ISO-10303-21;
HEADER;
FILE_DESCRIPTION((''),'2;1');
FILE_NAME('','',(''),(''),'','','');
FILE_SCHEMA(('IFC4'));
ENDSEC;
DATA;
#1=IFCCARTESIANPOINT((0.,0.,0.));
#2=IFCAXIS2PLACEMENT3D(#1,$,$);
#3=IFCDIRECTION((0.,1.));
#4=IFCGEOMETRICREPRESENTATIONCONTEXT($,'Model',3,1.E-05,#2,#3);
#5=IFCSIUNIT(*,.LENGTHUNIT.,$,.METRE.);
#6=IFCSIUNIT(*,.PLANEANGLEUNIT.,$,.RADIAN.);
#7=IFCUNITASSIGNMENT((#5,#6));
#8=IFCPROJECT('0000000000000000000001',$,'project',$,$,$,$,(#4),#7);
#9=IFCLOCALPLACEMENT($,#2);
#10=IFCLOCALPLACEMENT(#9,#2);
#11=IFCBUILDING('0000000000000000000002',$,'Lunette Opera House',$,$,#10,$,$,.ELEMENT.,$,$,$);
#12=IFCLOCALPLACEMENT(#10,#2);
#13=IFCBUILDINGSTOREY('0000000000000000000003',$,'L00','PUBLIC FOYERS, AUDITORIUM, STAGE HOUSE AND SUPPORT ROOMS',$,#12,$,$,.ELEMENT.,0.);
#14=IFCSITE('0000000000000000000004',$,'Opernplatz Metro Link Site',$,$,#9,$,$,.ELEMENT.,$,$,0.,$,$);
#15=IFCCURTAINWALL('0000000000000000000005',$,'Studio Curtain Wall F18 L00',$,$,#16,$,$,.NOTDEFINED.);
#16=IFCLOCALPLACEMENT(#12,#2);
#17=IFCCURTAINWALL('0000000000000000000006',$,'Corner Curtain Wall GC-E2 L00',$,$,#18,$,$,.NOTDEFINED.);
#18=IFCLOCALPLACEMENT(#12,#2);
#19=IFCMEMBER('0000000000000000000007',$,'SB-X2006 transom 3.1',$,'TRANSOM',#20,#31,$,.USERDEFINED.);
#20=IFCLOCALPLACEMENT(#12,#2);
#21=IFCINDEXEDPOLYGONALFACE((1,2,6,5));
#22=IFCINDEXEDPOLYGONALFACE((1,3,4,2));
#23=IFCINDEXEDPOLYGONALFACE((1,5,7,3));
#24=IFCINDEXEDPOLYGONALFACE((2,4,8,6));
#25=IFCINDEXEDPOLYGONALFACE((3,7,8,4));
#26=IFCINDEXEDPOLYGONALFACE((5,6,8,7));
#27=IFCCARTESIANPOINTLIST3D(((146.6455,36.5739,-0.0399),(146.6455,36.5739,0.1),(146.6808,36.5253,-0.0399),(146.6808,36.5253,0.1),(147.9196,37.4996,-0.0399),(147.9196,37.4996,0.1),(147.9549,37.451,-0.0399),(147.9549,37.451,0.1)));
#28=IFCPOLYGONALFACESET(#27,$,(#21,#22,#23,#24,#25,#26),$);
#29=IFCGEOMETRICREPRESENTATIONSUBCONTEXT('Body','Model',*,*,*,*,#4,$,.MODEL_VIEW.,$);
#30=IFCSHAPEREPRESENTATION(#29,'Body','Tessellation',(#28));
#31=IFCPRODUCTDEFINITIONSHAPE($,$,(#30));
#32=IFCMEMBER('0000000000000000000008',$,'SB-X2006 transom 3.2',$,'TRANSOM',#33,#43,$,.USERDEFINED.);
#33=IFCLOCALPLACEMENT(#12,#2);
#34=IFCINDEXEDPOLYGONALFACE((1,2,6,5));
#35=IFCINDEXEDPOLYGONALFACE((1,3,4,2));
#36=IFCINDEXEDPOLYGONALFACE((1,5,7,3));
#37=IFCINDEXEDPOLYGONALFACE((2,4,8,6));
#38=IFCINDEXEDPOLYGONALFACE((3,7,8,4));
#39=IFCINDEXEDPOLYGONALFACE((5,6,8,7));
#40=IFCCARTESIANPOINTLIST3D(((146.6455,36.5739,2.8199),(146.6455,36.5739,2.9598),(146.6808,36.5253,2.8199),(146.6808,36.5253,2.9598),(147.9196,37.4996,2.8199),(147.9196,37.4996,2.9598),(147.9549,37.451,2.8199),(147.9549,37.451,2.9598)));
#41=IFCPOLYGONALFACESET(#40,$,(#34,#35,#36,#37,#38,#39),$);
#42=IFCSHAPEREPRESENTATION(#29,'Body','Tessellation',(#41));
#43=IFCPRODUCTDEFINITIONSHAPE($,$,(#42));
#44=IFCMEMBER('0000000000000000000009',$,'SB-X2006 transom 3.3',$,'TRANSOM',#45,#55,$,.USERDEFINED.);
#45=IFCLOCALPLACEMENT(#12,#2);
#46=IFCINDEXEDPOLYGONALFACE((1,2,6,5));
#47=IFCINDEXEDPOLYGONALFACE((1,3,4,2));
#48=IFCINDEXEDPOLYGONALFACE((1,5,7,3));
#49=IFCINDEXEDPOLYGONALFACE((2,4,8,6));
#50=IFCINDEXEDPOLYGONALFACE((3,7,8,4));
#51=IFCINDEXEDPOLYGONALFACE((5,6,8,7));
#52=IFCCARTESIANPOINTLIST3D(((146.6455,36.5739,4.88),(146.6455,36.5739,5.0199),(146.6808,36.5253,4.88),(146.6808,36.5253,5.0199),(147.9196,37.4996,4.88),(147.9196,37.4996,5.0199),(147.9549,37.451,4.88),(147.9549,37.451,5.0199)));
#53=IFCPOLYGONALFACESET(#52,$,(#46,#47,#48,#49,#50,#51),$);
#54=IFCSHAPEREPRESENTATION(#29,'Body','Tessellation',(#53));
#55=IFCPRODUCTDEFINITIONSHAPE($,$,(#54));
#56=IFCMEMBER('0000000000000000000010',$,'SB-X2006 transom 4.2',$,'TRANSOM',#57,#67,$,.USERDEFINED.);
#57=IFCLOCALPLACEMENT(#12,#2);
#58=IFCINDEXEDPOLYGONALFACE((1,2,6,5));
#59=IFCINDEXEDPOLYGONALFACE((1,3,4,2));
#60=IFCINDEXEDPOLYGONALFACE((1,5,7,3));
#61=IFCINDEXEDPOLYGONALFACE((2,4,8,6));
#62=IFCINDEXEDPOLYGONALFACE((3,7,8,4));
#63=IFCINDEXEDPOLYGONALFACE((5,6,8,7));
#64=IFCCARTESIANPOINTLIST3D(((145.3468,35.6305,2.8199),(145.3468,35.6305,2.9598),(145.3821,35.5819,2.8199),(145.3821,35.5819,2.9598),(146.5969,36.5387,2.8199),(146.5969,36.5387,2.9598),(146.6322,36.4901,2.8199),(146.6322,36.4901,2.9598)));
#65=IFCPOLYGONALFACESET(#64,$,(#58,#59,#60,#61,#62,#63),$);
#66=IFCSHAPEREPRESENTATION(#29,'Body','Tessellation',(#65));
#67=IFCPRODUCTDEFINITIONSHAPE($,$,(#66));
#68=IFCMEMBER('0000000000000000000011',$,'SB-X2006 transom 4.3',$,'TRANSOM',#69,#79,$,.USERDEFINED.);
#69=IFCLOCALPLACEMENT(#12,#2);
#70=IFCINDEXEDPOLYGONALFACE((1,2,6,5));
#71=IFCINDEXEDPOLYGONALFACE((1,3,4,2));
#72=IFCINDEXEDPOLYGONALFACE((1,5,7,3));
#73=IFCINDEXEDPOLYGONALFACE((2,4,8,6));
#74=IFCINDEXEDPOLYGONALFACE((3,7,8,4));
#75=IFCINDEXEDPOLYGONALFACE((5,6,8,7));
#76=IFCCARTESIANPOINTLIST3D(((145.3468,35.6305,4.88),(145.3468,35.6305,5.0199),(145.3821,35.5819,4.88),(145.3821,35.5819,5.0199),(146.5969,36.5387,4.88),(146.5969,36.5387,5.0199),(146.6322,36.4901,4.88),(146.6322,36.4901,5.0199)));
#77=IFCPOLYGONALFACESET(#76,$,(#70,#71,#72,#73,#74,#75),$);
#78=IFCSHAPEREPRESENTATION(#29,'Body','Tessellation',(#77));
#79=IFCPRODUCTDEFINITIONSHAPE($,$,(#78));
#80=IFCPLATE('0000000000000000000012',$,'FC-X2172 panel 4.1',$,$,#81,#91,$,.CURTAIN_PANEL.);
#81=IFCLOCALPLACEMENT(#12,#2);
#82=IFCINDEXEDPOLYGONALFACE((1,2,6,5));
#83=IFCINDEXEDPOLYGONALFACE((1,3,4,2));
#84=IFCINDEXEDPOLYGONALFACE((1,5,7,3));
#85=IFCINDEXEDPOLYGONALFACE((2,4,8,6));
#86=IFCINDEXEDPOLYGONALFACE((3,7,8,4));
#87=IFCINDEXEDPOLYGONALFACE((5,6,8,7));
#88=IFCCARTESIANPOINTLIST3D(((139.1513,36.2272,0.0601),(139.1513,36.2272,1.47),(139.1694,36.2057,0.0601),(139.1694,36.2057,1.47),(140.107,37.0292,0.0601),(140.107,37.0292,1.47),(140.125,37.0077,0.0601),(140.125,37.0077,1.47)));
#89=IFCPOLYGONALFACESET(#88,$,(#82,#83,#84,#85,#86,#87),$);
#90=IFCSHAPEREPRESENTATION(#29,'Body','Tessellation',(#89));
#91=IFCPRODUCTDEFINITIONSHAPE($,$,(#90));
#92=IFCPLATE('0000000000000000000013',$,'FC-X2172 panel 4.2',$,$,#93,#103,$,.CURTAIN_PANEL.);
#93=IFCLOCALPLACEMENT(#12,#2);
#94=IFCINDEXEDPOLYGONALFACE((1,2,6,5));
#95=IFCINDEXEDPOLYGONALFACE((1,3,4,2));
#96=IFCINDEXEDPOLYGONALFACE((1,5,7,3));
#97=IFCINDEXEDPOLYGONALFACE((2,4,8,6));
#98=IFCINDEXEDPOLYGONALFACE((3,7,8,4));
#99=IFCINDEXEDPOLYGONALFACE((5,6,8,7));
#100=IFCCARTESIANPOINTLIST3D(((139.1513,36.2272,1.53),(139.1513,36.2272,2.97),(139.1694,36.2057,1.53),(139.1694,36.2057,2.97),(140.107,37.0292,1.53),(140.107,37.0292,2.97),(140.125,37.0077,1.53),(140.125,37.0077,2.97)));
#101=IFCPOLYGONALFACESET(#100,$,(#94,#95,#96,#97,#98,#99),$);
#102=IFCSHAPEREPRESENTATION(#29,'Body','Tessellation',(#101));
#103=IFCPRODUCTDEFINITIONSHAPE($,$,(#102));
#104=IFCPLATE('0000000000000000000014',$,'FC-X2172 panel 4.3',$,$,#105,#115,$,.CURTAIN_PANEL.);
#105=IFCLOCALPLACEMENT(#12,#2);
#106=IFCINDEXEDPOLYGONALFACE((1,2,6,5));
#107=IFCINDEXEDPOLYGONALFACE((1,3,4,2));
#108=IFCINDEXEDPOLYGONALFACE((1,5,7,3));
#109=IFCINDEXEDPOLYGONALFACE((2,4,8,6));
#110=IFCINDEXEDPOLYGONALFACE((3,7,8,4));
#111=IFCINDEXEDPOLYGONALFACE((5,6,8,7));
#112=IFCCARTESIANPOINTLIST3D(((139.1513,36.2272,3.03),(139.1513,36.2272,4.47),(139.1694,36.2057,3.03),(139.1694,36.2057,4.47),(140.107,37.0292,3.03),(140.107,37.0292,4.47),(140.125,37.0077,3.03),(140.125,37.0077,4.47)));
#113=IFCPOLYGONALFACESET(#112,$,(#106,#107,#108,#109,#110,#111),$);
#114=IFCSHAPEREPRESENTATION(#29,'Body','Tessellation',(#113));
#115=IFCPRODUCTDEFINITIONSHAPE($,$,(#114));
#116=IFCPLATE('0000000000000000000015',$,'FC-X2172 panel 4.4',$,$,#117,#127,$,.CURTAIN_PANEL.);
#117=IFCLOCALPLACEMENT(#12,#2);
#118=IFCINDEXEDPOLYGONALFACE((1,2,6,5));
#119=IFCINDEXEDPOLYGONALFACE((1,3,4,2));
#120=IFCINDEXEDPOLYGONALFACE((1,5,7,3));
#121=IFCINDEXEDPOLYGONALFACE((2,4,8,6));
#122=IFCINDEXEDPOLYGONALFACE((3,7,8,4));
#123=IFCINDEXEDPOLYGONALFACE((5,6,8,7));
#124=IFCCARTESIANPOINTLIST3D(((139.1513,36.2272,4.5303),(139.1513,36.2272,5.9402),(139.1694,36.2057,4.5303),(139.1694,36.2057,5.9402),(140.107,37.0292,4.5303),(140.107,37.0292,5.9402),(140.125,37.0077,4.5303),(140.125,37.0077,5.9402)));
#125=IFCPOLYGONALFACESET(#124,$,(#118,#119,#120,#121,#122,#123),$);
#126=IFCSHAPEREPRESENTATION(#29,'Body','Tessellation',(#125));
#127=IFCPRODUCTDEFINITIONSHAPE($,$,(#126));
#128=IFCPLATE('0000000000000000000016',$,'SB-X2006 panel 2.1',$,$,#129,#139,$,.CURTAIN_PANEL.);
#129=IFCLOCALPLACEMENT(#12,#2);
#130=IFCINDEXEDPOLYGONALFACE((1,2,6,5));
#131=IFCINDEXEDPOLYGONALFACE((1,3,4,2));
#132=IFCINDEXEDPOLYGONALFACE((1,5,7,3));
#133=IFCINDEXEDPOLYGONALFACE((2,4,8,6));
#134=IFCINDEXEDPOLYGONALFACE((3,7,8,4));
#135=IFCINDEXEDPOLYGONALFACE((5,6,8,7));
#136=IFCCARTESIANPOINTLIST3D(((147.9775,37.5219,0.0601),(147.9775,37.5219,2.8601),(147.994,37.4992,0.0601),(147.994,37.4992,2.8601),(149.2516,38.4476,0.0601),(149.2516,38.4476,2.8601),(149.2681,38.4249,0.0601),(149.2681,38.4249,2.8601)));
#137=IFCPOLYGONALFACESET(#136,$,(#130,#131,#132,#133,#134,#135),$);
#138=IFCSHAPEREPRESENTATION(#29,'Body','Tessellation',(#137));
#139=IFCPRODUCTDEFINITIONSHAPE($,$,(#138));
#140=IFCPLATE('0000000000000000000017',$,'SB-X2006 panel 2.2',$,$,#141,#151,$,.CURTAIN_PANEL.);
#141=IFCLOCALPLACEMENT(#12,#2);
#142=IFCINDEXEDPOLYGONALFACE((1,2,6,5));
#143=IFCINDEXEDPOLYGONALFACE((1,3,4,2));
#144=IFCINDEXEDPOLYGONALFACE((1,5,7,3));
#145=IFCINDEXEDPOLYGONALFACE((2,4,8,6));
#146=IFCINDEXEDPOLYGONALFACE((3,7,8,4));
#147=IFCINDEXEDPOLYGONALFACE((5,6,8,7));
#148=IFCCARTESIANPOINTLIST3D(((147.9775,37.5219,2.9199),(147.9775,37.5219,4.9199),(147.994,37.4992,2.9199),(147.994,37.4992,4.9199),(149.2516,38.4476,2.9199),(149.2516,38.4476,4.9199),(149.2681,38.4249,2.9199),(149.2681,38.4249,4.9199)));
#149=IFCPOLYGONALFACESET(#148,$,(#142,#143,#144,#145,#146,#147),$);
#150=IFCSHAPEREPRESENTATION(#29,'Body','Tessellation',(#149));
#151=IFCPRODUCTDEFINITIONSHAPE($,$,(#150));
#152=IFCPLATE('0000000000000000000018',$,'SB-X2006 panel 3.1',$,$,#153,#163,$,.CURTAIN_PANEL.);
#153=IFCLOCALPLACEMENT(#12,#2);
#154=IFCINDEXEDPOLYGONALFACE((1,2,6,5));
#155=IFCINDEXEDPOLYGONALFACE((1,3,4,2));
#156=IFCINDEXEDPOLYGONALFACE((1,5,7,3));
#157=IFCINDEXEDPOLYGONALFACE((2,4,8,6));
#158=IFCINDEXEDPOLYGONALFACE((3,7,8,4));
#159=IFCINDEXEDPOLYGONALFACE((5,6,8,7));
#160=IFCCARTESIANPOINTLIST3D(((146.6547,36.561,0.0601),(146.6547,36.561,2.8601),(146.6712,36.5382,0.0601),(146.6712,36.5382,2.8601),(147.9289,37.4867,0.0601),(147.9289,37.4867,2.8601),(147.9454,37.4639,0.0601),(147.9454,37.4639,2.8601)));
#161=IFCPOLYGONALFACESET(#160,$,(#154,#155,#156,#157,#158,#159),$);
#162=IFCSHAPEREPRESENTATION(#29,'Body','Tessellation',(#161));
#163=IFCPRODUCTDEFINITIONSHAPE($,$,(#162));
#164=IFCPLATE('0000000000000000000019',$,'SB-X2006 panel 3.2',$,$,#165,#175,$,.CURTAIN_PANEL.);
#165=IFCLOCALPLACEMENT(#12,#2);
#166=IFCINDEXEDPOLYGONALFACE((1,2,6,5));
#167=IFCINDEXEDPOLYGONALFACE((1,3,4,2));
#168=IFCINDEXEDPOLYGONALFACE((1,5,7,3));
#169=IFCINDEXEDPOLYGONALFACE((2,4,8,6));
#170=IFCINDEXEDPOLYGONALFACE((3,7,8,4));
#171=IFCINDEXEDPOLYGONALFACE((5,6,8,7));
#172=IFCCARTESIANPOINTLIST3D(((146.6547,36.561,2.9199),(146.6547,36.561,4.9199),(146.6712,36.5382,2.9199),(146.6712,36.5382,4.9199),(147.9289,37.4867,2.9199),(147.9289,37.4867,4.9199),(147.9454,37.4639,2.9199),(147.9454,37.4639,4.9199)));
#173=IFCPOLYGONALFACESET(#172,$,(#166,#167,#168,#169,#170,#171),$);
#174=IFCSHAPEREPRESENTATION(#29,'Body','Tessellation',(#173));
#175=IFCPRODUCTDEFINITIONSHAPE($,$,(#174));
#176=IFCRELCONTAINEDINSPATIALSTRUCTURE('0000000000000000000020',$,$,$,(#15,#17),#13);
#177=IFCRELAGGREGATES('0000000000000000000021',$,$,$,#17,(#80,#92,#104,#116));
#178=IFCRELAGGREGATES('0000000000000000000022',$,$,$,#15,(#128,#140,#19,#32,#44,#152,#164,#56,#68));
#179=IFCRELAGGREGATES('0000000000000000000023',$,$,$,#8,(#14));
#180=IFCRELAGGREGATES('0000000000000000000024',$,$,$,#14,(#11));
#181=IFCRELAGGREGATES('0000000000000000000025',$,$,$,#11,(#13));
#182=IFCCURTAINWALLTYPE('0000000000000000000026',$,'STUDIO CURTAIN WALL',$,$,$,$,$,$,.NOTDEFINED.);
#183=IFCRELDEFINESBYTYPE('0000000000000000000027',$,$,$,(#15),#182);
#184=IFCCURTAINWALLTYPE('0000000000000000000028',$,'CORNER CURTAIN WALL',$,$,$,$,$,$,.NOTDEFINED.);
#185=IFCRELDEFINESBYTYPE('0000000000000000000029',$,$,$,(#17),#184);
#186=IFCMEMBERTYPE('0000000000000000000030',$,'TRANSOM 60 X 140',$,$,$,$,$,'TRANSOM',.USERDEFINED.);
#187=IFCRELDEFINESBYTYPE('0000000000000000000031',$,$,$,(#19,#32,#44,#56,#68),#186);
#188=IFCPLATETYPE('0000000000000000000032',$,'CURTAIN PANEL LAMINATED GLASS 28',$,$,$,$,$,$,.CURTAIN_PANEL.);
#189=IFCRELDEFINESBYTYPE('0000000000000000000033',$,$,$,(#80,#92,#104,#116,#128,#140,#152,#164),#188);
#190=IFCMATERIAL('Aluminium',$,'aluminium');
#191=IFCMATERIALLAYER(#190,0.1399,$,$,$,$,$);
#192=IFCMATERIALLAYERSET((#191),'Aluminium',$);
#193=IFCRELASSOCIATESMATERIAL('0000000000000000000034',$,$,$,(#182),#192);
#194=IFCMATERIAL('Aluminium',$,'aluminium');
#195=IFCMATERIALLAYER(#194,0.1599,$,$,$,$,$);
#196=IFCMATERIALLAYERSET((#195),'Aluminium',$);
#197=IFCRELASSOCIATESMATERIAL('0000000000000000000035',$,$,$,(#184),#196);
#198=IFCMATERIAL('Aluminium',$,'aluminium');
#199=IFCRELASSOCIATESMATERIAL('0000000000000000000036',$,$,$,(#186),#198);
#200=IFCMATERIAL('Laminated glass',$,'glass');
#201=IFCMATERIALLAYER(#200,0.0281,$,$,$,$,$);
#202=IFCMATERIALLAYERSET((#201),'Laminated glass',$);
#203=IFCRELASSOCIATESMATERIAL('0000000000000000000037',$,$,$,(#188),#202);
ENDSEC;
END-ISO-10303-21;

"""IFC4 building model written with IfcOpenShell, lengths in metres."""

from ifc_helpers import new_model, si_unit, direction, frame, origin, origin_2d, place, context, subcontext, project, spatial, rectangle, extrude, material, layer, layer_set, material_profile, profile_set, type_object, element, aggregate, save


model = new_model("IFC4")

# Units and contexts
model_context = context("Model", 3, precision=1e-05, world=origin(), true_north=direction((0.0, 1.0)))
body_context = subcontext(model_context, "Body", "Model", "MODEL_VIEW")
ifc_project = project(units=[si_unit("LENGTHUNIT", "METRE"), si_unit("PLANEANGLEUNIT", "RADIAN")], contexts=[model_context])

# Site, building, storey
site_placement = place(None, origin())
site = spatial("IfcSite", under=ifc_project, at=site_placement, Name="Opernplatz Metro Link Site", CompositionType="ELEMENT", RefElevation=0.0)
building_placement = place(site_placement, origin())
building = spatial("IfcBuilding", under=site, at=building_placement, Name="Lunette Opera House", CompositionType="ELEMENT")
storey_placement = place(building_placement, origin())
storey = spatial("IfcBuildingStorey", under=building, at=storey_placement, Name="L00", Description="PUBLIC FOYERS, AUDITORIUM, STAGE HOUSE AND SUPPORT ROOMS", CompositionType="ELEMENT", Elevation=0.0)

# Curtain wall
ifc_material_1 = material(Name="Aluminium", Category="aluminium")
ifc_layer_1 = layer(ifc_material_1, 0.1399)
ifc_layer_set_1 = layer_set([ifc_layer_1], Name="Aluminium")
curtain_wall_type_1 = type_object("IfcCurtainWallType", Name="STUDIO CURTAIN WALL", PredefinedType="NOTDEFINED", material=ifc_layer_set_1)
curtain_wall_1_placement = place(storey_placement, origin())
curtain_wall_1 = element("IfcCurtainWall", 1, at=curtain_wall_1_placement, inside=storey, type_object=curtain_wall_type_1, Name="Studio Curtain Wall F18 L00", PredefinedType="NOTDEFINED")

# Curtain wall
ifc_material_2 = material(Name="Aluminium", Category="aluminium")
ifc_layer_2 = layer(ifc_material_2, 0.1599)
ifc_layer_set_2 = layer_set([ifc_layer_2], Name="Aluminium")
curtain_wall_type_2 = type_object("IfcCurtainWallType", Name="CORNER CURTAIN WALL", PredefinedType="NOTDEFINED", material=ifc_layer_set_2)
curtain_wall_2_placement = place(storey_placement, origin())
curtain_wall_2 = element("IfcCurtainWall", 2, at=curtain_wall_2_placement, inside=storey, type_object=curtain_wall_type_2, Name="Corner Curtain Wall GC-E2 L00", PredefinedType="NOTDEFINED")

# Members
ifc_material_3 = material(Name="Aluminium", Category="aluminium")
ifc_material_profile_1 = material_profile(ifc_material_3, rectangle(XDim=0.0601, YDim=0.1399, at=origin_2d()), Name="TRANSOM 60 X 140")
ifc_profile_set_1 = profile_set([ifc_material_profile_1], Name="Aluminium")
member_type_1 = type_object("IfcMemberType", Name="TRANSOM 60 X 140", ElementType="TRANSOM", PredefinedType="USERDEFINED", material=ifc_profile_set_1)
member_1_placement = place(storey_placement, frame((147.9373, 37.4753, 0.03), z_axis=(-0.809004, -0.587803, 0.0), x_axis=(0.587803, -0.809004, 0.0)))
member_1 = element("IfcMember", 3, at=member_1_placement, type_object=member_type_1, Name="SB-X2006 transom 3.1", ObjectType="TRANSOM", PredefinedType="USERDEFINED", context=body_context, shape_type="SweptSolid", body=[
    extrude(rectangle(XDim=0.0601, YDim=0.1399, at=origin_2d()), origin(), (0.0, 0.0, 1.0), 1.575),
])
member_2_placement = place(storey_placement, frame((147.9373, 37.4753, 2.8899), z_axis=(-0.809004, -0.587803, 0.0), x_axis=(0.587803, -0.809004, 0.0)))
member_2 = element("IfcMember", 4, at=member_2_placement, type_object=member_type_1, Name="SB-X2006 transom 3.2", ObjectType="TRANSOM", PredefinedType="USERDEFINED", context=body_context, shape_type="SweptSolid", body=[
    extrude(rectangle(XDim=0.0601, YDim=0.1399, at=origin_2d()), origin(), (0.0, 0.0, 1.0), 1.575),
])
member_3_placement = place(storey_placement, frame((147.9373, 37.4753, 4.95), z_axis=(-0.809004, -0.587803, 0.0), x_axis=(0.587803, -0.809004, 0.0)))
member_3 = element("IfcMember", 5, at=member_3_placement, type_object=member_type_1, Name="SB-X2006 transom 3.3", ObjectType="TRANSOM", PredefinedType="USERDEFINED", context=body_context, shape_type="SweptSolid", body=[
    extrude(rectangle(XDim=0.0601, YDim=0.1399, at=origin_2d()), origin(), (0.0, 0.0, 1.0), 1.575),
])
member_4_placement = place(storey_placement, frame((146.6145, 36.5144, 2.8899), z_axis=(-0.809009, -0.587796, 0.0), x_axis=(0.587796, -0.809009, 0.0)))
member_4 = element("IfcMember", 6, at=member_4_placement, type_object=member_type_1, Name="SB-X2006 transom 4.2", ObjectType="TRANSOM", PredefinedType="USERDEFINED", context=body_context, shape_type="SweptSolid", body=[
    extrude(rectangle(XDim=0.0601, YDim=0.1399, at=origin_2d()), origin(), (0.0, 0.0, 1.0), 1.5452),
])
member_5_placement = place(storey_placement, frame((146.6145, 36.5144, 4.95), z_axis=(-0.809009, -0.587796, 0.0), x_axis=(0.587796, -0.809009, 0.0)))
member_5 = element("IfcMember", 7, at=member_5_placement, type_object=member_type_1, Name="SB-X2006 transom 4.3", ObjectType="TRANSOM", PredefinedType="USERDEFINED", context=body_context, shape_type="SweptSolid", body=[
    extrude(rectangle(XDim=0.0601, YDim=0.1399, at=origin_2d()), origin(), (0.0, 0.0, 1.0), 1.5452),
])

# Plates
ifc_material_4 = material(Name="Laminated glass", Category="glass")
ifc_layer_3 = layer(ifc_material_4, 0.0281)
ifc_layer_set_3 = layer_set([ifc_layer_3], Name="Laminated glass")
plate_type = type_object("IfcPlateType", Name="CURTAIN PANEL LAMINATED GLASS 28", PredefinedType="CURTAIN_PANEL", material=ifc_layer_set_3)
plate_1_placement = place(storey_placement, frame((139.6382, 36.6174, 0.0601), z_axis=(0.0, 0.0, 1.0), x_axis=(0.76601, 0.642828, 0.0)))
plate_1 = element("IfcPlate", 8, at=plate_1_placement, type_object=plate_type, Name="FC-X2172 panel 4.1", PredefinedType="CURTAIN_PANEL", context=body_context, shape_type="SweptSolid", body=[
    extrude(rectangle(XDim=1.2476, YDim=0.0281, at=origin_2d()), origin(), (0.0, 0.0, 1.0), 1.4099),
])
plate_2_placement = place(storey_placement, frame((139.6382, 36.6174, 1.53), z_axis=(0.0, 0.0, 1.0), x_axis=(0.76601, 0.642828, 0.0)))
plate_2 = element("IfcPlate", 9, at=plate_2_placement, type_object=plate_type, Name="FC-X2172 panel 4.2", PredefinedType="CURTAIN_PANEL", context=body_context, shape_type="SweptSolid", body=[
    extrude(rectangle(XDim=1.2476, YDim=0.0281, at=origin_2d()), origin(), (0.0, 0.0, 1.0), 1.4399),
])
plate_3_placement = place(storey_placement, frame((139.6382, 36.6174, 3.03), z_axis=(0.0, 0.0, 1.0), x_axis=(0.76601, 0.642828, 0.0)))
plate_3 = element("IfcPlate", 10, at=plate_3_placement, type_object=plate_type, Name="FC-X2172 panel 4.3", PredefinedType="CURTAIN_PANEL", context=body_context, shape_type="SweptSolid", body=[
    extrude(rectangle(XDim=1.2476, YDim=0.0281, at=origin_2d()), origin(), (0.0, 0.0, 1.0), 1.4399),
])
plate_4_placement = place(storey_placement, frame((139.6382, 36.6174, 4.5303), z_axis=(0.0, 0.0, 1.0), x_axis=(0.76601, 0.642828, 0.0)))
plate_4 = element("IfcPlate", 11, at=plate_4_placement, type_object=plate_type, Name="FC-X2172 panel 4.4", PredefinedType="CURTAIN_PANEL", context=body_context, shape_type="SweptSolid", body=[
    extrude(rectangle(XDim=1.2476, YDim=0.0281, at=origin_2d()), origin(), (0.0, 0.0, 1.0), 1.4099),
])
aggregate(curtain_wall_2, [plate_1, plate_2, plate_3, plate_4])
plate_5_placement = place(storey_placement, frame((148.6228, 37.9734, 0.0601), z_axis=(0.0, 0.0, 1.0), x_axis=(-0.809027, -0.587772, 0.0)))
plate_5 = element("IfcPlate", 12, at=plate_5_placement, type_object=plate_type, Name="SB-X2006 panel 2.1", PredefinedType="CURTAIN_PANEL", context=body_context, shape_type="SweptSolid", body=[
    extrude(rectangle(XDim=1.575, YDim=0.0281, at=origin_2d()), origin(), (0.0, 0.0, 1.0), 2.8),
])
plate_6_placement = place(storey_placement, frame((148.6228, 37.9734, 2.9199), z_axis=(0.0, 0.0, 1.0), x_axis=(-0.809027, -0.587772, 0.0)))
plate_6 = element("IfcPlate", 13, at=plate_6_placement, type_object=plate_type, Name="SB-X2006 panel 2.2", PredefinedType="CURTAIN_PANEL", context=body_context, shape_type="SweptSolid", body=[
    extrude(rectangle(XDim=1.575, YDim=0.0281, at=origin_2d()), origin(), (0.0, 0.0, 1.0), 2.0),
])
plate_7_placement = place(storey_placement, frame((147.3, 37.0125, 0.0601), z_axis=(0.0, 0.0, 1.0), x_axis=(-0.809027, -0.587772, 0.0)))
plate_7 = element("IfcPlate", 14, at=plate_7_placement, type_object=plate_type, Name="SB-X2006 panel 3.1", PredefinedType="CURTAIN_PANEL", context=body_context, shape_type="SweptSolid", body=[
    extrude(rectangle(XDim=1.575, YDim=0.0281, at=origin_2d()), origin(), (0.0, 0.0, 1.0), 2.8),
])
plate_8_placement = place(storey_placement, frame((147.3, 37.0125, 2.9199), z_axis=(0.0, 0.0, 1.0), x_axis=(-0.809027, -0.587772, 0.0)))
plate_8 = element("IfcPlate", 15, at=plate_8_placement, type_object=plate_type, Name="SB-X2006 panel 3.2", PredefinedType="CURTAIN_PANEL", context=body_context, shape_type="SweptSolid", body=[
    extrude(rectangle(XDim=1.575, YDim=0.0281, at=origin_2d()), origin(), (0.0, 0.0, 1.0), 2.0),
])
aggregate(curtain_wall_1, [plate_5, plate_6, member_1, member_2, member_3, plate_7, plate_8, member_4, member_5])

save(model, "model.ifc")
